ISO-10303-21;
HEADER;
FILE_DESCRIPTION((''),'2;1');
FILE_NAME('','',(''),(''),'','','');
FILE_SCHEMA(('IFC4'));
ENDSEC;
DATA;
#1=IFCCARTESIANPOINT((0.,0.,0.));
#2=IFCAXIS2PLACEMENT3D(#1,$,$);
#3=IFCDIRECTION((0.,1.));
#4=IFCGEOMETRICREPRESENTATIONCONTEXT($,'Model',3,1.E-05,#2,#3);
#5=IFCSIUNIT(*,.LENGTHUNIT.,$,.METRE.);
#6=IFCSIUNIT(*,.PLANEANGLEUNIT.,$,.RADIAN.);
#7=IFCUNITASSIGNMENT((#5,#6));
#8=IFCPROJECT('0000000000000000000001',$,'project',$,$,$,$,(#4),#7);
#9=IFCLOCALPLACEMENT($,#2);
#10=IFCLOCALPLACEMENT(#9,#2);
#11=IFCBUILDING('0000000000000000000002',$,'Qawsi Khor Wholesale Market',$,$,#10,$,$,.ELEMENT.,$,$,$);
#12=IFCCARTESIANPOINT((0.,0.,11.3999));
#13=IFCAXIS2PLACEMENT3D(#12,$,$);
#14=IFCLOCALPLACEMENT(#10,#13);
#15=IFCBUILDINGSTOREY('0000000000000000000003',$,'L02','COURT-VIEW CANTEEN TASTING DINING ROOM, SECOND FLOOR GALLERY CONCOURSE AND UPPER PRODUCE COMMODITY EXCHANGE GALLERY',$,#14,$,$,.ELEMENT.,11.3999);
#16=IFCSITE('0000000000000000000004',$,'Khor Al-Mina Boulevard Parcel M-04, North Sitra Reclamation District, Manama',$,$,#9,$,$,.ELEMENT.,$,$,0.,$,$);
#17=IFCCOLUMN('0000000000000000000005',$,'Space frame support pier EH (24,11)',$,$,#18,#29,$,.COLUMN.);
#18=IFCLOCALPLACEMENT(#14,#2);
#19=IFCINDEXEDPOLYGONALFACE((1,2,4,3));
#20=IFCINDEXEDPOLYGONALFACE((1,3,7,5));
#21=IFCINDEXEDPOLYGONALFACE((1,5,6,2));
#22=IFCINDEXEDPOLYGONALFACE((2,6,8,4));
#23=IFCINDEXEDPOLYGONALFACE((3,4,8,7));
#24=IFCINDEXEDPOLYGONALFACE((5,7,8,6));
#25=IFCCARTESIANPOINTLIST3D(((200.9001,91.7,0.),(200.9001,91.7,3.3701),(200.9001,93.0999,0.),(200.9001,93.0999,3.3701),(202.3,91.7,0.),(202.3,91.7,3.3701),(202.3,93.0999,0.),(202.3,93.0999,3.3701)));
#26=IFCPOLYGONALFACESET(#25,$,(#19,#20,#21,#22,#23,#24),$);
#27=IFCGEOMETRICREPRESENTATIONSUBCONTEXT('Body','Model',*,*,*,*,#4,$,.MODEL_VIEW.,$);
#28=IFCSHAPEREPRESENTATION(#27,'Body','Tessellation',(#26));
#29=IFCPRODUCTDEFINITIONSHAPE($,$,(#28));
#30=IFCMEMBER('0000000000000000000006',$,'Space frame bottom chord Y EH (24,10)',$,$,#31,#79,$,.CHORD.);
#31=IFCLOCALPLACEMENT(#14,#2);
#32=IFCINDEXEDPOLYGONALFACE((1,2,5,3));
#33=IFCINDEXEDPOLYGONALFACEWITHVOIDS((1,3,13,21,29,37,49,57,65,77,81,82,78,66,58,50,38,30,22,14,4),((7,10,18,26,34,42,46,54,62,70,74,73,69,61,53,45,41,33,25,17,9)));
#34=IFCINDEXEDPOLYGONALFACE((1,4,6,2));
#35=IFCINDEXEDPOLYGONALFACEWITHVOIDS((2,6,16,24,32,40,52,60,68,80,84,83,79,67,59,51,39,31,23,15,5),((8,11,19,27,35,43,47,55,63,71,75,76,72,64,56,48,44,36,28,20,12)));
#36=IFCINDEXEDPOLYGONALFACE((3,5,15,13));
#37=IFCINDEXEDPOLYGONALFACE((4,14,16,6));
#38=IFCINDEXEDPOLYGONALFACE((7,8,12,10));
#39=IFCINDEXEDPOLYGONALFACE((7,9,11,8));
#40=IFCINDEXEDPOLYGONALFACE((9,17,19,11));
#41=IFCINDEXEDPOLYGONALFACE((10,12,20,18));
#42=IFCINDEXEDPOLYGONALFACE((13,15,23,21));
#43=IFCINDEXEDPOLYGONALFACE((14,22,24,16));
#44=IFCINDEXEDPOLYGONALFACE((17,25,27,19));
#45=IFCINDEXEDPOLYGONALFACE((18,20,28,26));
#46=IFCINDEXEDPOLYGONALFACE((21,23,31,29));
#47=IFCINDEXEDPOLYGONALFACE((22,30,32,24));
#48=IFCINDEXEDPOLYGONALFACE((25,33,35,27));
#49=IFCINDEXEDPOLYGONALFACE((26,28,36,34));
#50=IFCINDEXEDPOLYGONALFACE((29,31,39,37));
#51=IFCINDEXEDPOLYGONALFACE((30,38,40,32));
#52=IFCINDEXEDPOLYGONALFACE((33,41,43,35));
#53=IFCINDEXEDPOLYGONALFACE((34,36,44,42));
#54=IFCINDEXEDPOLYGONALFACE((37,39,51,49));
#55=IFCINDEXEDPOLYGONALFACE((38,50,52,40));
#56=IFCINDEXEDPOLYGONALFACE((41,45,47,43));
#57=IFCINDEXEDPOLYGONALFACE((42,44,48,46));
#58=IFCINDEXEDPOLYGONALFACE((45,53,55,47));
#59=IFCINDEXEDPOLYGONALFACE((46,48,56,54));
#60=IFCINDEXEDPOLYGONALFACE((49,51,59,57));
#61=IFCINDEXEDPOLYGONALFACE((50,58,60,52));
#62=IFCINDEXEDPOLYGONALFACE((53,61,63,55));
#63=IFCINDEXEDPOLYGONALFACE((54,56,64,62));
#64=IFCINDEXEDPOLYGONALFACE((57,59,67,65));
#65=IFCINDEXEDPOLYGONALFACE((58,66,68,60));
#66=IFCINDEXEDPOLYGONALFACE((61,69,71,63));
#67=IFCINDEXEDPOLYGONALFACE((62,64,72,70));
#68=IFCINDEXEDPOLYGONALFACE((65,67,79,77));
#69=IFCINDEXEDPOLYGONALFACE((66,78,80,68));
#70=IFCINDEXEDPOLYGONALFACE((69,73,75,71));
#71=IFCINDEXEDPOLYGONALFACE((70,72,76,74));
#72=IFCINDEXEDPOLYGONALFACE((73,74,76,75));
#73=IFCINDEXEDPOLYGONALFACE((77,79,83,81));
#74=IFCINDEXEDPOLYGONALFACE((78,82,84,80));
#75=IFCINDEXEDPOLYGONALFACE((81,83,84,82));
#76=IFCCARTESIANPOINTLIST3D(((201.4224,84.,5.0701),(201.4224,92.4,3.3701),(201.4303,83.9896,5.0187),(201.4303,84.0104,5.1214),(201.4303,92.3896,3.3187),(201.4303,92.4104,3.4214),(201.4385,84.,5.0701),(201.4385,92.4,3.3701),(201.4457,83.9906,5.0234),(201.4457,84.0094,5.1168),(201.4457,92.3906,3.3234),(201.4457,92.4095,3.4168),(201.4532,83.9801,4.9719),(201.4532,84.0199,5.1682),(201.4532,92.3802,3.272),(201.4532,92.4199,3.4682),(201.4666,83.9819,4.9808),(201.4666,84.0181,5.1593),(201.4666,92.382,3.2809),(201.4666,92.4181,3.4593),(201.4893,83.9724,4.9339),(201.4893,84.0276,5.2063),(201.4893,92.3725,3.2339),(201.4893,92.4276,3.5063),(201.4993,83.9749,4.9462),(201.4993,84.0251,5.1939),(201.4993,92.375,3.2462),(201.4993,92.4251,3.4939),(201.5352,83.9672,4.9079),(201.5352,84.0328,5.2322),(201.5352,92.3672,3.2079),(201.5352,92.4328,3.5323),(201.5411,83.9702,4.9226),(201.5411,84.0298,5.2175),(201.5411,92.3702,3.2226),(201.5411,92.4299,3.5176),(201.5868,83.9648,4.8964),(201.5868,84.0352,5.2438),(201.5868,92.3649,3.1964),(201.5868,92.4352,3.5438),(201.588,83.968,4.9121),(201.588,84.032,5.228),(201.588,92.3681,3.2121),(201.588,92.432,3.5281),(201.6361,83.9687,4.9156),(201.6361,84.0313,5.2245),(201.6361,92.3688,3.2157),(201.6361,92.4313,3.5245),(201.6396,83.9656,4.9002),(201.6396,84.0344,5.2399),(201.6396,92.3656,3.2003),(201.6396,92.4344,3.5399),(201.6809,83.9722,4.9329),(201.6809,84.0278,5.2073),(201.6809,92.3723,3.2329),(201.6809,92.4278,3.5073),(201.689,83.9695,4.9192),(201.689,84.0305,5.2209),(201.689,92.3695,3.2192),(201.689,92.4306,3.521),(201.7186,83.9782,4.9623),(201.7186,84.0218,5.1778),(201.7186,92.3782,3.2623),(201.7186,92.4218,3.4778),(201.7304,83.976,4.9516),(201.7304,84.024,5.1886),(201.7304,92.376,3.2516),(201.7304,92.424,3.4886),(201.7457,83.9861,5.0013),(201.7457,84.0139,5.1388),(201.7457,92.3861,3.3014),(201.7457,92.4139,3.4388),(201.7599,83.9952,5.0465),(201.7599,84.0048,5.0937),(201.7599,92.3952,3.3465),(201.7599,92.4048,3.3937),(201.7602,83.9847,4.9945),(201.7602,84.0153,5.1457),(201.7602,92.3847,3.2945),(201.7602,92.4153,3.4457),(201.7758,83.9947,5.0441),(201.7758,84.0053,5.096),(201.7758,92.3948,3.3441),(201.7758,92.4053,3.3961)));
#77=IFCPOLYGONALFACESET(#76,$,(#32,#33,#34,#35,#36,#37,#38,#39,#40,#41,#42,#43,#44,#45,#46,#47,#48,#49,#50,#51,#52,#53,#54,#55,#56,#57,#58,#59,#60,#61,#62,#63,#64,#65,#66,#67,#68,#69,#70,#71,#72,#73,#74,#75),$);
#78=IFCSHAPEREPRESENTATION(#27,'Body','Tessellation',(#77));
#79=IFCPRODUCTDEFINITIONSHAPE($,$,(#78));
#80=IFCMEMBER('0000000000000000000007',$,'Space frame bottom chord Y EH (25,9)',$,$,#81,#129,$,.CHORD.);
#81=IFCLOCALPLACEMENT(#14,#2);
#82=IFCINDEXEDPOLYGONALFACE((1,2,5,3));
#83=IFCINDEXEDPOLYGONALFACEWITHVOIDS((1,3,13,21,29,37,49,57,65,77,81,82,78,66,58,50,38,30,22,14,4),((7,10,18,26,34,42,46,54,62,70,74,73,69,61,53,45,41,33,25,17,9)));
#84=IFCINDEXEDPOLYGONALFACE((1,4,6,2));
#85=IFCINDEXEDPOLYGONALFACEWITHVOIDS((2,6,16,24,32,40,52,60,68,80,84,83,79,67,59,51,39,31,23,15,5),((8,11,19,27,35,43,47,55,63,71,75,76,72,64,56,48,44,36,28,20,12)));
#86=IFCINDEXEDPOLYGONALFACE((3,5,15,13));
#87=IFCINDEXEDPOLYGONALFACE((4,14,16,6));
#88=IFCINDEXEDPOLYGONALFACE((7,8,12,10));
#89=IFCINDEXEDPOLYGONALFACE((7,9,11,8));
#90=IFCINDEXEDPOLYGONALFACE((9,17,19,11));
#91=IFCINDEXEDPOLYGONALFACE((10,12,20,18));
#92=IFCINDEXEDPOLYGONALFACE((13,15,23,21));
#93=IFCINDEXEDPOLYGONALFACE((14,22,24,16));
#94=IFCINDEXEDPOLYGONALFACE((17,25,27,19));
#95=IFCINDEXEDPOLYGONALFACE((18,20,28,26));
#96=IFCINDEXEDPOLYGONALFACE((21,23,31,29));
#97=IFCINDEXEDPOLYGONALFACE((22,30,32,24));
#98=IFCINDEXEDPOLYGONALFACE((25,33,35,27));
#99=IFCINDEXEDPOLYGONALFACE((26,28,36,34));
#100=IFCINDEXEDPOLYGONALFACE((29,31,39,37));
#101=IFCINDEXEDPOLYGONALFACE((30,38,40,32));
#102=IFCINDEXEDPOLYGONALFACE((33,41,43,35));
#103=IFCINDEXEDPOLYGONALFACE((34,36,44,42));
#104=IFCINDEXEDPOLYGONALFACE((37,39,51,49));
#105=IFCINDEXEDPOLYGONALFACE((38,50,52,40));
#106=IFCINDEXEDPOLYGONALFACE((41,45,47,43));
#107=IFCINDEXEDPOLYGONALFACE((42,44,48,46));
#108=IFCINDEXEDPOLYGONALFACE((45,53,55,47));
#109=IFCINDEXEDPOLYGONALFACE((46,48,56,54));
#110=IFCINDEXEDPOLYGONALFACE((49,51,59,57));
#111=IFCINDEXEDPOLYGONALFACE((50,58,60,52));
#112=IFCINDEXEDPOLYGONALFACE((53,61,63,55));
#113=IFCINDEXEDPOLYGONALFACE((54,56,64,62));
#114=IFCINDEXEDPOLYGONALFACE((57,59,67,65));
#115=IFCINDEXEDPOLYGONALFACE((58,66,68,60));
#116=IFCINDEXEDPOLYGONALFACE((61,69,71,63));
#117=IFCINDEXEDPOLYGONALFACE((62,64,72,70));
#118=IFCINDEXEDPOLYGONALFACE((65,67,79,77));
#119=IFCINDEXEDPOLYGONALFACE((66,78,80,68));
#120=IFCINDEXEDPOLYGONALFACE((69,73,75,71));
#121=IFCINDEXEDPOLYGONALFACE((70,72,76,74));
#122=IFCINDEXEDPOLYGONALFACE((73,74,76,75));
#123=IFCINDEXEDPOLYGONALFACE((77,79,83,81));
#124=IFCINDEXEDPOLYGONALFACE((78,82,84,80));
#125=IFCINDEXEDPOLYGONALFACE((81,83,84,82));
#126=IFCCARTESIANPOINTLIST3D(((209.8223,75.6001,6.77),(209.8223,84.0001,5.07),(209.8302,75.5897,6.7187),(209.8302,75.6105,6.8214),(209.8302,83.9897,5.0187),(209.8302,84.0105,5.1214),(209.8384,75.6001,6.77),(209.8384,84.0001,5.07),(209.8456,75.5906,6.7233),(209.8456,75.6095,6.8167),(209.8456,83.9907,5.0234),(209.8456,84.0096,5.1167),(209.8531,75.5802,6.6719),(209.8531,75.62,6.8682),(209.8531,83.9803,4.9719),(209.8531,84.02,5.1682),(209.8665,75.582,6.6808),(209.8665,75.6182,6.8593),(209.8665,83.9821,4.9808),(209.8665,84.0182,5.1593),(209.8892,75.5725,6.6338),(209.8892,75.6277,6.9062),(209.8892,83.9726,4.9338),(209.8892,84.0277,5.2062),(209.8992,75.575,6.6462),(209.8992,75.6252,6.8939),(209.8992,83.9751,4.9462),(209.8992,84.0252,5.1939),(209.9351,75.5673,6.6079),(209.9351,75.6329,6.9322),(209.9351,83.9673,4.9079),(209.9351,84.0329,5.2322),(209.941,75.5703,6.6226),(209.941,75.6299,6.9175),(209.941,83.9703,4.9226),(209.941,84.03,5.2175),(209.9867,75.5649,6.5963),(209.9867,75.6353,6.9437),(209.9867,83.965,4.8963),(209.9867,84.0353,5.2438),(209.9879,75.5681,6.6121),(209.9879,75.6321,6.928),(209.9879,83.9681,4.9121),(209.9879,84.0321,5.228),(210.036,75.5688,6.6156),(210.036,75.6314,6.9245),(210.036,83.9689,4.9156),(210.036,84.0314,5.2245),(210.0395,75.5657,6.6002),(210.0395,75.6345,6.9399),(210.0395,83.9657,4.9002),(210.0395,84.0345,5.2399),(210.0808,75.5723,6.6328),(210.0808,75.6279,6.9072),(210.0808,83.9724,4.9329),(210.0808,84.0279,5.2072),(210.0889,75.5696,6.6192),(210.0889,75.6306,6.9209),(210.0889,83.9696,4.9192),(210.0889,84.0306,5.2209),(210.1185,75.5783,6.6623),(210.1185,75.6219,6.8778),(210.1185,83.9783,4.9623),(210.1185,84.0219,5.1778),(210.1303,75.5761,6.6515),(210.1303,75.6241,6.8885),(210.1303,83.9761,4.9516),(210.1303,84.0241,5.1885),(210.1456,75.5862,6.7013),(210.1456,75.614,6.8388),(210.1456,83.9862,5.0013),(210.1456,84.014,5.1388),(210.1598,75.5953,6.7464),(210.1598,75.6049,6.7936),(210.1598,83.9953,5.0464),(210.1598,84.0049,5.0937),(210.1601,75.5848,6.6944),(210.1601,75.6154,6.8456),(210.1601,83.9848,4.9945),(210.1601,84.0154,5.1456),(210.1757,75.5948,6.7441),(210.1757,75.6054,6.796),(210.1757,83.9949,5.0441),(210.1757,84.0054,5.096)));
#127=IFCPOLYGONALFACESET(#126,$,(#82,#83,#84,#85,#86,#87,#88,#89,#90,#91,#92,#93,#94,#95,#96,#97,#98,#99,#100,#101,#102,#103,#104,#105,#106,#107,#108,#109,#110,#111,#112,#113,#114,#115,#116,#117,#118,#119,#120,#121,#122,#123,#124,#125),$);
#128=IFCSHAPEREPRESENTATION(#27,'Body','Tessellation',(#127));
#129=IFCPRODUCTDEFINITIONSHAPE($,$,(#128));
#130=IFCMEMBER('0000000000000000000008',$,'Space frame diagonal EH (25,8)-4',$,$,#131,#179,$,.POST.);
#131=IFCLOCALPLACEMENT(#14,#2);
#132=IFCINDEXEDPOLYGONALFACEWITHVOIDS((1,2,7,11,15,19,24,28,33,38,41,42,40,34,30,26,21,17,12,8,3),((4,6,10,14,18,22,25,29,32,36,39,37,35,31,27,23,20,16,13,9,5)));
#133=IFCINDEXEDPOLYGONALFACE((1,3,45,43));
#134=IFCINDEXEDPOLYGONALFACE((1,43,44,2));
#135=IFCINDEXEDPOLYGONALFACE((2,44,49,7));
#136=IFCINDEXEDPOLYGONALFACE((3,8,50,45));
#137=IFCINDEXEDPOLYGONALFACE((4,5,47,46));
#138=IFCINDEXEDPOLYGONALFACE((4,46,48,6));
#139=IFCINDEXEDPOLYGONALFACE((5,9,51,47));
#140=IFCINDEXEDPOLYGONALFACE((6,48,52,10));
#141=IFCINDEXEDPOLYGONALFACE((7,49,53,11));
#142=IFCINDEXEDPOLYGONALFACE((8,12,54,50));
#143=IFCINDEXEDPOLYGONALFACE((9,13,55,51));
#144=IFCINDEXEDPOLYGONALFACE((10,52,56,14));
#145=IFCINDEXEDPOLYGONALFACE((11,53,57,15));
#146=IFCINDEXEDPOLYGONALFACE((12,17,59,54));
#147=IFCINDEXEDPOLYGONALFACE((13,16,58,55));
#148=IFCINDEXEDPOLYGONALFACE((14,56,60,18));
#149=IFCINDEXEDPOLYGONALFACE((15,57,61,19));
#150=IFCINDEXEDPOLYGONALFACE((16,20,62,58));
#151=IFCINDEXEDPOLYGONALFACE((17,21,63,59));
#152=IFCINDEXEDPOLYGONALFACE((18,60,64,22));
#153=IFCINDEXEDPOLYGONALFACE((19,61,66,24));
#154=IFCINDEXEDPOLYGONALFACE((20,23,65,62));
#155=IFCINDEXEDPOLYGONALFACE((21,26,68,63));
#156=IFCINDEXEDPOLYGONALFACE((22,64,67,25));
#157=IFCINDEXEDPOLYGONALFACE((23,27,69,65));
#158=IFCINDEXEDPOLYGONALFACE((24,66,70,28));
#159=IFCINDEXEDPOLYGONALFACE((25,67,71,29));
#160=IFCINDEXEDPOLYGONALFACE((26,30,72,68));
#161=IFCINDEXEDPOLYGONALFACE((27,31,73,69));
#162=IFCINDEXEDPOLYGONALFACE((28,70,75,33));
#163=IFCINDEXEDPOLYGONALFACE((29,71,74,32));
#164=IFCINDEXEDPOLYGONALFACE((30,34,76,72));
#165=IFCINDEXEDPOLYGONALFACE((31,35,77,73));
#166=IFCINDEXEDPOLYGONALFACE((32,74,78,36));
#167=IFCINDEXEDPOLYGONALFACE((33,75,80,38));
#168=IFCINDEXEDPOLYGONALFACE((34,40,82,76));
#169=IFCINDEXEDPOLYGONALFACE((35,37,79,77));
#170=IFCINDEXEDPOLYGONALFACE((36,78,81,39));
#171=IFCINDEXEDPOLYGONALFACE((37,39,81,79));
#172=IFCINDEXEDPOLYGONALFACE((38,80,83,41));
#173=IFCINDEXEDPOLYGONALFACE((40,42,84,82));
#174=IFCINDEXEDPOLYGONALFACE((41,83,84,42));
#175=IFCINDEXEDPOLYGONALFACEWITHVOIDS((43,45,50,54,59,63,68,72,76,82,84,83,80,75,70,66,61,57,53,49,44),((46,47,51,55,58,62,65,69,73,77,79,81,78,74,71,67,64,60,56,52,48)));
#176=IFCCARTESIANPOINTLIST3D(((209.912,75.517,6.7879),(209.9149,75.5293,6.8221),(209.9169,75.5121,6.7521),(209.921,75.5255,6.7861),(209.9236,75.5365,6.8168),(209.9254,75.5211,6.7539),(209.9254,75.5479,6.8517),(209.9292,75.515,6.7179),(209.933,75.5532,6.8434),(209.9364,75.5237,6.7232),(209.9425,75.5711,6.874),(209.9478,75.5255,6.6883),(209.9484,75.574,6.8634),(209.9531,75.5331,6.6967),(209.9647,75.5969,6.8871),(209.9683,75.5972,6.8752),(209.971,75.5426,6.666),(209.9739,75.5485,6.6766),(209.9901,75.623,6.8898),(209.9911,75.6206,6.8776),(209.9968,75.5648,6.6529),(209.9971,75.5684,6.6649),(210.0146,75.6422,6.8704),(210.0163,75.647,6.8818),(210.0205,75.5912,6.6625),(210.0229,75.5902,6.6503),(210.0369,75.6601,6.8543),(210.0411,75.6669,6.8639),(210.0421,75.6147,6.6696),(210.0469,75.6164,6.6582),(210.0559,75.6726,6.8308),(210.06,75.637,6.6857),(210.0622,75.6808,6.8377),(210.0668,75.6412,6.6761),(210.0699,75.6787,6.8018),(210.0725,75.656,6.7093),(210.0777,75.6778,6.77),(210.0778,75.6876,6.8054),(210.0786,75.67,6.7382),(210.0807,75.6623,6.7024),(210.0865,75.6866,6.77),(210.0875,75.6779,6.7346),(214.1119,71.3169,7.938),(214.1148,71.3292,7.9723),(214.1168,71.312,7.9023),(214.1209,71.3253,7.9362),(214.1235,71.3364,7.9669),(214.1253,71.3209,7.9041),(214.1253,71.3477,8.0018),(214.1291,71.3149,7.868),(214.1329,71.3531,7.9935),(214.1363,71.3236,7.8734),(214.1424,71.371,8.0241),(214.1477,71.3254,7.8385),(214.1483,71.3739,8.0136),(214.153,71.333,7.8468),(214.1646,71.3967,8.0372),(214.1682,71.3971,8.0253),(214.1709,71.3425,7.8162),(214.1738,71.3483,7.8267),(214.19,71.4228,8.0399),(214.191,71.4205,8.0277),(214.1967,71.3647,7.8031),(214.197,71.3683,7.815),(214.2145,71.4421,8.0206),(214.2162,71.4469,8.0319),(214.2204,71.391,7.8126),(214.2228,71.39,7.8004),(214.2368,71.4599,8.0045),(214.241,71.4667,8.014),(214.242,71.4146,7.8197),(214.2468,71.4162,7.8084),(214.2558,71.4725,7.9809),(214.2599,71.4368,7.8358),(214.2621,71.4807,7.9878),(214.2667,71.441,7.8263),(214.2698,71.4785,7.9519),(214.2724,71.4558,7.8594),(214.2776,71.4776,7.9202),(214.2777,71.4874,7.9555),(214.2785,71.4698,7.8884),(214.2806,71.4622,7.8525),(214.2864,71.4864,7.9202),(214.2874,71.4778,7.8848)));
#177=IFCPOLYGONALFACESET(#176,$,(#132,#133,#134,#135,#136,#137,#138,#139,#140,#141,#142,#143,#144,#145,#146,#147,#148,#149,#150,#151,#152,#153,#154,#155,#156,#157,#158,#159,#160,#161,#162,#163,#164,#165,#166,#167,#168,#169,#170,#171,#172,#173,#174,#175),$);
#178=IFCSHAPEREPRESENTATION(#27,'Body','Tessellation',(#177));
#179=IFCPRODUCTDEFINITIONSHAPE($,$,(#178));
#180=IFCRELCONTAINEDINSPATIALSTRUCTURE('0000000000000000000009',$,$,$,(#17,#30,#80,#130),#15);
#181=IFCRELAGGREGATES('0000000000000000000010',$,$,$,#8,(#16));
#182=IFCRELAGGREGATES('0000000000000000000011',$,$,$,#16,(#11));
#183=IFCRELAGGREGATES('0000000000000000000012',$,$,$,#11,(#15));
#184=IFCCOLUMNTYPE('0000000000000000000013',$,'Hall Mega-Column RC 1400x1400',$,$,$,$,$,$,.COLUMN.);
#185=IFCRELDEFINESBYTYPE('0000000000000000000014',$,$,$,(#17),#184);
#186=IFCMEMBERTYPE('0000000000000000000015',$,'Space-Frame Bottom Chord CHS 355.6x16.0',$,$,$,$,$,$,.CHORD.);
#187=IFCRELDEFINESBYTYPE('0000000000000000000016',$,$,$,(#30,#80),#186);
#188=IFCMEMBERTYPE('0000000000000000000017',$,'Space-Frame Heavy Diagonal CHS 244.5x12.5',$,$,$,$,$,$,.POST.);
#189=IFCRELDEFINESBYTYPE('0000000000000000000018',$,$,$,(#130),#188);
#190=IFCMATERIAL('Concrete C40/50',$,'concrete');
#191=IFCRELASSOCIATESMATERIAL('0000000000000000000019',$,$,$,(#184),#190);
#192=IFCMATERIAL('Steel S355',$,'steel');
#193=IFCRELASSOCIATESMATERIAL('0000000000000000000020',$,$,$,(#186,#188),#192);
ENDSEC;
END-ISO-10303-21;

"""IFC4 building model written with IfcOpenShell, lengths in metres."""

from ifc_helpers import new_model, si_unit, direction, frame, origin, origin_2d, place, context, subcontext, project, spatial, rectangle, hollow_circle, extrude, material, material_profile, profile_set, type_object, element, save


model = new_model("IFC4")

# Units and contexts
model_context = context("Model", 3, precision=1e-05, world=origin(), true_north=direction((0.0, 1.0)))
body_context = subcontext(model_context, "Body", "Model", "MODEL_VIEW")
ifc_project = project(units=[si_unit("LENGTHUNIT", "METRE"), si_unit("PLANEANGLEUNIT", "RADIAN")], contexts=[model_context])

# Site, building, storey
site_placement = place(None, origin())
site = spatial("IfcSite", under=ifc_project, at=site_placement, Name="Khor Al-Mina Boulevard Parcel M-04, North Sitra Reclamation District, Manama", CompositionType="ELEMENT", RefElevation=0.0)
building_placement = place(site_placement, origin())
building = spatial("IfcBuilding", under=site, at=building_placement, Name="Qawsi Khor Wholesale Market", CompositionType="ELEMENT")
storey_placement = place(building_placement, frame((0.0, 0.0, 11.3999)))
storey = spatial("IfcBuildingStorey", under=building, at=storey_placement, Name="L02", Description="COURT-VIEW CANTEEN TASTING DINING ROOM, SECOND FLOOR GALLERY CONCOURSE AND UPPER PRODUCE COMMODITY EXCHANGE GALLERY", CompositionType="ELEMENT", Elevation=11.3999)

# Column
ifc_material_1 = material(Name="Concrete C40/50", Category="concrete")
ifc_material_profile_1 = material_profile(ifc_material_1, rectangle(XDim=1.3999, YDim=1.3999, at=origin_2d()), Name="RC 1400x1400")
ifc_profile_set_1 = profile_set([ifc_material_profile_1], Name="Concrete C40/50")
column_type = type_object("IfcColumnType", Name="Hall Mega-Column RC 1400x1400", PredefinedType="COLUMN", material=ifc_profile_set_1)
column_placement = place(storey_placement, frame((201.6001, 92.3999, 0.0), z_axis=(0.0, 0.0, 1.0), x_axis=(1.0, 0.0, 0.0)))
element("IfcColumn", 1, at=column_placement, inside=storey, type_object=column_type, Name="Space frame support pier EH (24,11)", PredefinedType="COLUMN", context=body_context, shape_type="SweptSolid", body=[
    extrude(rectangle(XDim=1.3999, YDim=1.3999, at=origin_2d()), origin(), (0.0, 0.0, 1.0), 3.3701),
])

# Members
ifc_material_2 = material(Name="Steel S355", Category="steel")
ifc_material_profile_2 = material_profile(ifc_material_2, hollow_circle(Radius=0.1777, WallThickness=0.0161, at=origin_2d()), Name="CHS 355.6x16.0")
ifc_profile_set_2 = profile_set([ifc_material_profile_2], Name="Steel S355")
member_type_1 = type_object("IfcMemberType", Name="Space-Frame Bottom Chord CHS 355.6x16.0", PredefinedType="CHORD", material=ifc_profile_set_2)
for number, where, z_axis, x_axis, name in (
    (2, (201.6001, 84.0, 5.0701), (0.0, 0.98013, -0.198356), (-1.0, 0.0, 0.0), "Space frame bottom chord Y EH (24,10)"),
    (3, (210.0, 75.6001, 6.77), (0.0, 0.98013, -0.198356), (-1.0, 0.0, 0.0), "Space frame bottom chord Y EH (25,9)"),
):
    element("IfcMember", number, at=place(storey_placement, frame(where, z_axis=z_axis, x_axis=x_axis)), inside=storey, type_object=member_type_1, Name=name, PredefinedType="CHORD", context=body_context, shape_type="SweptSolid", body=[
        extrude(hollow_circle(Radius=0.1777, WallThickness=0.0161, at=origin_2d()), origin(), (0.0, 0.0, 1.0), 8.5703),
    ])
ifc_material_profile_3 = material_profile(ifc_material_2, hollow_circle(Radius=0.1223, WallThickness=0.0125, at=origin_2d()), Name="CHS 244.5x12.5")
ifc_profile_set_3 = profile_set([ifc_material_profile_3], Name="Steel S355")
member_type_2 = type_object("IfcMemberType", Name="Space-Frame Heavy Diagonal CHS 244.5x12.5", PredefinedType="POST", material=ifc_profile_set_3)
member_1_placement = place(storey_placement, frame((210.0, 75.6001, 6.77), z_axis=(0.694192, -0.694232, 0.190103), x_axis=(0.707127, 0.707086, 0.0)))
element("IfcMember", 4, at=member_1_placement, inside=storey, type_object=member_type_2, Name="Space frame diagonal EH (25,8)-4", PredefinedType="POST", context=body_context, shape_type="SweptSolid", body=[
    extrude(hollow_circle(Radius=0.1223, WallThickness=0.0125, at=origin_2d()), origin(), (0.0, 0.0, 1.0), 6.05),
])

save(model, "model.ifc")
